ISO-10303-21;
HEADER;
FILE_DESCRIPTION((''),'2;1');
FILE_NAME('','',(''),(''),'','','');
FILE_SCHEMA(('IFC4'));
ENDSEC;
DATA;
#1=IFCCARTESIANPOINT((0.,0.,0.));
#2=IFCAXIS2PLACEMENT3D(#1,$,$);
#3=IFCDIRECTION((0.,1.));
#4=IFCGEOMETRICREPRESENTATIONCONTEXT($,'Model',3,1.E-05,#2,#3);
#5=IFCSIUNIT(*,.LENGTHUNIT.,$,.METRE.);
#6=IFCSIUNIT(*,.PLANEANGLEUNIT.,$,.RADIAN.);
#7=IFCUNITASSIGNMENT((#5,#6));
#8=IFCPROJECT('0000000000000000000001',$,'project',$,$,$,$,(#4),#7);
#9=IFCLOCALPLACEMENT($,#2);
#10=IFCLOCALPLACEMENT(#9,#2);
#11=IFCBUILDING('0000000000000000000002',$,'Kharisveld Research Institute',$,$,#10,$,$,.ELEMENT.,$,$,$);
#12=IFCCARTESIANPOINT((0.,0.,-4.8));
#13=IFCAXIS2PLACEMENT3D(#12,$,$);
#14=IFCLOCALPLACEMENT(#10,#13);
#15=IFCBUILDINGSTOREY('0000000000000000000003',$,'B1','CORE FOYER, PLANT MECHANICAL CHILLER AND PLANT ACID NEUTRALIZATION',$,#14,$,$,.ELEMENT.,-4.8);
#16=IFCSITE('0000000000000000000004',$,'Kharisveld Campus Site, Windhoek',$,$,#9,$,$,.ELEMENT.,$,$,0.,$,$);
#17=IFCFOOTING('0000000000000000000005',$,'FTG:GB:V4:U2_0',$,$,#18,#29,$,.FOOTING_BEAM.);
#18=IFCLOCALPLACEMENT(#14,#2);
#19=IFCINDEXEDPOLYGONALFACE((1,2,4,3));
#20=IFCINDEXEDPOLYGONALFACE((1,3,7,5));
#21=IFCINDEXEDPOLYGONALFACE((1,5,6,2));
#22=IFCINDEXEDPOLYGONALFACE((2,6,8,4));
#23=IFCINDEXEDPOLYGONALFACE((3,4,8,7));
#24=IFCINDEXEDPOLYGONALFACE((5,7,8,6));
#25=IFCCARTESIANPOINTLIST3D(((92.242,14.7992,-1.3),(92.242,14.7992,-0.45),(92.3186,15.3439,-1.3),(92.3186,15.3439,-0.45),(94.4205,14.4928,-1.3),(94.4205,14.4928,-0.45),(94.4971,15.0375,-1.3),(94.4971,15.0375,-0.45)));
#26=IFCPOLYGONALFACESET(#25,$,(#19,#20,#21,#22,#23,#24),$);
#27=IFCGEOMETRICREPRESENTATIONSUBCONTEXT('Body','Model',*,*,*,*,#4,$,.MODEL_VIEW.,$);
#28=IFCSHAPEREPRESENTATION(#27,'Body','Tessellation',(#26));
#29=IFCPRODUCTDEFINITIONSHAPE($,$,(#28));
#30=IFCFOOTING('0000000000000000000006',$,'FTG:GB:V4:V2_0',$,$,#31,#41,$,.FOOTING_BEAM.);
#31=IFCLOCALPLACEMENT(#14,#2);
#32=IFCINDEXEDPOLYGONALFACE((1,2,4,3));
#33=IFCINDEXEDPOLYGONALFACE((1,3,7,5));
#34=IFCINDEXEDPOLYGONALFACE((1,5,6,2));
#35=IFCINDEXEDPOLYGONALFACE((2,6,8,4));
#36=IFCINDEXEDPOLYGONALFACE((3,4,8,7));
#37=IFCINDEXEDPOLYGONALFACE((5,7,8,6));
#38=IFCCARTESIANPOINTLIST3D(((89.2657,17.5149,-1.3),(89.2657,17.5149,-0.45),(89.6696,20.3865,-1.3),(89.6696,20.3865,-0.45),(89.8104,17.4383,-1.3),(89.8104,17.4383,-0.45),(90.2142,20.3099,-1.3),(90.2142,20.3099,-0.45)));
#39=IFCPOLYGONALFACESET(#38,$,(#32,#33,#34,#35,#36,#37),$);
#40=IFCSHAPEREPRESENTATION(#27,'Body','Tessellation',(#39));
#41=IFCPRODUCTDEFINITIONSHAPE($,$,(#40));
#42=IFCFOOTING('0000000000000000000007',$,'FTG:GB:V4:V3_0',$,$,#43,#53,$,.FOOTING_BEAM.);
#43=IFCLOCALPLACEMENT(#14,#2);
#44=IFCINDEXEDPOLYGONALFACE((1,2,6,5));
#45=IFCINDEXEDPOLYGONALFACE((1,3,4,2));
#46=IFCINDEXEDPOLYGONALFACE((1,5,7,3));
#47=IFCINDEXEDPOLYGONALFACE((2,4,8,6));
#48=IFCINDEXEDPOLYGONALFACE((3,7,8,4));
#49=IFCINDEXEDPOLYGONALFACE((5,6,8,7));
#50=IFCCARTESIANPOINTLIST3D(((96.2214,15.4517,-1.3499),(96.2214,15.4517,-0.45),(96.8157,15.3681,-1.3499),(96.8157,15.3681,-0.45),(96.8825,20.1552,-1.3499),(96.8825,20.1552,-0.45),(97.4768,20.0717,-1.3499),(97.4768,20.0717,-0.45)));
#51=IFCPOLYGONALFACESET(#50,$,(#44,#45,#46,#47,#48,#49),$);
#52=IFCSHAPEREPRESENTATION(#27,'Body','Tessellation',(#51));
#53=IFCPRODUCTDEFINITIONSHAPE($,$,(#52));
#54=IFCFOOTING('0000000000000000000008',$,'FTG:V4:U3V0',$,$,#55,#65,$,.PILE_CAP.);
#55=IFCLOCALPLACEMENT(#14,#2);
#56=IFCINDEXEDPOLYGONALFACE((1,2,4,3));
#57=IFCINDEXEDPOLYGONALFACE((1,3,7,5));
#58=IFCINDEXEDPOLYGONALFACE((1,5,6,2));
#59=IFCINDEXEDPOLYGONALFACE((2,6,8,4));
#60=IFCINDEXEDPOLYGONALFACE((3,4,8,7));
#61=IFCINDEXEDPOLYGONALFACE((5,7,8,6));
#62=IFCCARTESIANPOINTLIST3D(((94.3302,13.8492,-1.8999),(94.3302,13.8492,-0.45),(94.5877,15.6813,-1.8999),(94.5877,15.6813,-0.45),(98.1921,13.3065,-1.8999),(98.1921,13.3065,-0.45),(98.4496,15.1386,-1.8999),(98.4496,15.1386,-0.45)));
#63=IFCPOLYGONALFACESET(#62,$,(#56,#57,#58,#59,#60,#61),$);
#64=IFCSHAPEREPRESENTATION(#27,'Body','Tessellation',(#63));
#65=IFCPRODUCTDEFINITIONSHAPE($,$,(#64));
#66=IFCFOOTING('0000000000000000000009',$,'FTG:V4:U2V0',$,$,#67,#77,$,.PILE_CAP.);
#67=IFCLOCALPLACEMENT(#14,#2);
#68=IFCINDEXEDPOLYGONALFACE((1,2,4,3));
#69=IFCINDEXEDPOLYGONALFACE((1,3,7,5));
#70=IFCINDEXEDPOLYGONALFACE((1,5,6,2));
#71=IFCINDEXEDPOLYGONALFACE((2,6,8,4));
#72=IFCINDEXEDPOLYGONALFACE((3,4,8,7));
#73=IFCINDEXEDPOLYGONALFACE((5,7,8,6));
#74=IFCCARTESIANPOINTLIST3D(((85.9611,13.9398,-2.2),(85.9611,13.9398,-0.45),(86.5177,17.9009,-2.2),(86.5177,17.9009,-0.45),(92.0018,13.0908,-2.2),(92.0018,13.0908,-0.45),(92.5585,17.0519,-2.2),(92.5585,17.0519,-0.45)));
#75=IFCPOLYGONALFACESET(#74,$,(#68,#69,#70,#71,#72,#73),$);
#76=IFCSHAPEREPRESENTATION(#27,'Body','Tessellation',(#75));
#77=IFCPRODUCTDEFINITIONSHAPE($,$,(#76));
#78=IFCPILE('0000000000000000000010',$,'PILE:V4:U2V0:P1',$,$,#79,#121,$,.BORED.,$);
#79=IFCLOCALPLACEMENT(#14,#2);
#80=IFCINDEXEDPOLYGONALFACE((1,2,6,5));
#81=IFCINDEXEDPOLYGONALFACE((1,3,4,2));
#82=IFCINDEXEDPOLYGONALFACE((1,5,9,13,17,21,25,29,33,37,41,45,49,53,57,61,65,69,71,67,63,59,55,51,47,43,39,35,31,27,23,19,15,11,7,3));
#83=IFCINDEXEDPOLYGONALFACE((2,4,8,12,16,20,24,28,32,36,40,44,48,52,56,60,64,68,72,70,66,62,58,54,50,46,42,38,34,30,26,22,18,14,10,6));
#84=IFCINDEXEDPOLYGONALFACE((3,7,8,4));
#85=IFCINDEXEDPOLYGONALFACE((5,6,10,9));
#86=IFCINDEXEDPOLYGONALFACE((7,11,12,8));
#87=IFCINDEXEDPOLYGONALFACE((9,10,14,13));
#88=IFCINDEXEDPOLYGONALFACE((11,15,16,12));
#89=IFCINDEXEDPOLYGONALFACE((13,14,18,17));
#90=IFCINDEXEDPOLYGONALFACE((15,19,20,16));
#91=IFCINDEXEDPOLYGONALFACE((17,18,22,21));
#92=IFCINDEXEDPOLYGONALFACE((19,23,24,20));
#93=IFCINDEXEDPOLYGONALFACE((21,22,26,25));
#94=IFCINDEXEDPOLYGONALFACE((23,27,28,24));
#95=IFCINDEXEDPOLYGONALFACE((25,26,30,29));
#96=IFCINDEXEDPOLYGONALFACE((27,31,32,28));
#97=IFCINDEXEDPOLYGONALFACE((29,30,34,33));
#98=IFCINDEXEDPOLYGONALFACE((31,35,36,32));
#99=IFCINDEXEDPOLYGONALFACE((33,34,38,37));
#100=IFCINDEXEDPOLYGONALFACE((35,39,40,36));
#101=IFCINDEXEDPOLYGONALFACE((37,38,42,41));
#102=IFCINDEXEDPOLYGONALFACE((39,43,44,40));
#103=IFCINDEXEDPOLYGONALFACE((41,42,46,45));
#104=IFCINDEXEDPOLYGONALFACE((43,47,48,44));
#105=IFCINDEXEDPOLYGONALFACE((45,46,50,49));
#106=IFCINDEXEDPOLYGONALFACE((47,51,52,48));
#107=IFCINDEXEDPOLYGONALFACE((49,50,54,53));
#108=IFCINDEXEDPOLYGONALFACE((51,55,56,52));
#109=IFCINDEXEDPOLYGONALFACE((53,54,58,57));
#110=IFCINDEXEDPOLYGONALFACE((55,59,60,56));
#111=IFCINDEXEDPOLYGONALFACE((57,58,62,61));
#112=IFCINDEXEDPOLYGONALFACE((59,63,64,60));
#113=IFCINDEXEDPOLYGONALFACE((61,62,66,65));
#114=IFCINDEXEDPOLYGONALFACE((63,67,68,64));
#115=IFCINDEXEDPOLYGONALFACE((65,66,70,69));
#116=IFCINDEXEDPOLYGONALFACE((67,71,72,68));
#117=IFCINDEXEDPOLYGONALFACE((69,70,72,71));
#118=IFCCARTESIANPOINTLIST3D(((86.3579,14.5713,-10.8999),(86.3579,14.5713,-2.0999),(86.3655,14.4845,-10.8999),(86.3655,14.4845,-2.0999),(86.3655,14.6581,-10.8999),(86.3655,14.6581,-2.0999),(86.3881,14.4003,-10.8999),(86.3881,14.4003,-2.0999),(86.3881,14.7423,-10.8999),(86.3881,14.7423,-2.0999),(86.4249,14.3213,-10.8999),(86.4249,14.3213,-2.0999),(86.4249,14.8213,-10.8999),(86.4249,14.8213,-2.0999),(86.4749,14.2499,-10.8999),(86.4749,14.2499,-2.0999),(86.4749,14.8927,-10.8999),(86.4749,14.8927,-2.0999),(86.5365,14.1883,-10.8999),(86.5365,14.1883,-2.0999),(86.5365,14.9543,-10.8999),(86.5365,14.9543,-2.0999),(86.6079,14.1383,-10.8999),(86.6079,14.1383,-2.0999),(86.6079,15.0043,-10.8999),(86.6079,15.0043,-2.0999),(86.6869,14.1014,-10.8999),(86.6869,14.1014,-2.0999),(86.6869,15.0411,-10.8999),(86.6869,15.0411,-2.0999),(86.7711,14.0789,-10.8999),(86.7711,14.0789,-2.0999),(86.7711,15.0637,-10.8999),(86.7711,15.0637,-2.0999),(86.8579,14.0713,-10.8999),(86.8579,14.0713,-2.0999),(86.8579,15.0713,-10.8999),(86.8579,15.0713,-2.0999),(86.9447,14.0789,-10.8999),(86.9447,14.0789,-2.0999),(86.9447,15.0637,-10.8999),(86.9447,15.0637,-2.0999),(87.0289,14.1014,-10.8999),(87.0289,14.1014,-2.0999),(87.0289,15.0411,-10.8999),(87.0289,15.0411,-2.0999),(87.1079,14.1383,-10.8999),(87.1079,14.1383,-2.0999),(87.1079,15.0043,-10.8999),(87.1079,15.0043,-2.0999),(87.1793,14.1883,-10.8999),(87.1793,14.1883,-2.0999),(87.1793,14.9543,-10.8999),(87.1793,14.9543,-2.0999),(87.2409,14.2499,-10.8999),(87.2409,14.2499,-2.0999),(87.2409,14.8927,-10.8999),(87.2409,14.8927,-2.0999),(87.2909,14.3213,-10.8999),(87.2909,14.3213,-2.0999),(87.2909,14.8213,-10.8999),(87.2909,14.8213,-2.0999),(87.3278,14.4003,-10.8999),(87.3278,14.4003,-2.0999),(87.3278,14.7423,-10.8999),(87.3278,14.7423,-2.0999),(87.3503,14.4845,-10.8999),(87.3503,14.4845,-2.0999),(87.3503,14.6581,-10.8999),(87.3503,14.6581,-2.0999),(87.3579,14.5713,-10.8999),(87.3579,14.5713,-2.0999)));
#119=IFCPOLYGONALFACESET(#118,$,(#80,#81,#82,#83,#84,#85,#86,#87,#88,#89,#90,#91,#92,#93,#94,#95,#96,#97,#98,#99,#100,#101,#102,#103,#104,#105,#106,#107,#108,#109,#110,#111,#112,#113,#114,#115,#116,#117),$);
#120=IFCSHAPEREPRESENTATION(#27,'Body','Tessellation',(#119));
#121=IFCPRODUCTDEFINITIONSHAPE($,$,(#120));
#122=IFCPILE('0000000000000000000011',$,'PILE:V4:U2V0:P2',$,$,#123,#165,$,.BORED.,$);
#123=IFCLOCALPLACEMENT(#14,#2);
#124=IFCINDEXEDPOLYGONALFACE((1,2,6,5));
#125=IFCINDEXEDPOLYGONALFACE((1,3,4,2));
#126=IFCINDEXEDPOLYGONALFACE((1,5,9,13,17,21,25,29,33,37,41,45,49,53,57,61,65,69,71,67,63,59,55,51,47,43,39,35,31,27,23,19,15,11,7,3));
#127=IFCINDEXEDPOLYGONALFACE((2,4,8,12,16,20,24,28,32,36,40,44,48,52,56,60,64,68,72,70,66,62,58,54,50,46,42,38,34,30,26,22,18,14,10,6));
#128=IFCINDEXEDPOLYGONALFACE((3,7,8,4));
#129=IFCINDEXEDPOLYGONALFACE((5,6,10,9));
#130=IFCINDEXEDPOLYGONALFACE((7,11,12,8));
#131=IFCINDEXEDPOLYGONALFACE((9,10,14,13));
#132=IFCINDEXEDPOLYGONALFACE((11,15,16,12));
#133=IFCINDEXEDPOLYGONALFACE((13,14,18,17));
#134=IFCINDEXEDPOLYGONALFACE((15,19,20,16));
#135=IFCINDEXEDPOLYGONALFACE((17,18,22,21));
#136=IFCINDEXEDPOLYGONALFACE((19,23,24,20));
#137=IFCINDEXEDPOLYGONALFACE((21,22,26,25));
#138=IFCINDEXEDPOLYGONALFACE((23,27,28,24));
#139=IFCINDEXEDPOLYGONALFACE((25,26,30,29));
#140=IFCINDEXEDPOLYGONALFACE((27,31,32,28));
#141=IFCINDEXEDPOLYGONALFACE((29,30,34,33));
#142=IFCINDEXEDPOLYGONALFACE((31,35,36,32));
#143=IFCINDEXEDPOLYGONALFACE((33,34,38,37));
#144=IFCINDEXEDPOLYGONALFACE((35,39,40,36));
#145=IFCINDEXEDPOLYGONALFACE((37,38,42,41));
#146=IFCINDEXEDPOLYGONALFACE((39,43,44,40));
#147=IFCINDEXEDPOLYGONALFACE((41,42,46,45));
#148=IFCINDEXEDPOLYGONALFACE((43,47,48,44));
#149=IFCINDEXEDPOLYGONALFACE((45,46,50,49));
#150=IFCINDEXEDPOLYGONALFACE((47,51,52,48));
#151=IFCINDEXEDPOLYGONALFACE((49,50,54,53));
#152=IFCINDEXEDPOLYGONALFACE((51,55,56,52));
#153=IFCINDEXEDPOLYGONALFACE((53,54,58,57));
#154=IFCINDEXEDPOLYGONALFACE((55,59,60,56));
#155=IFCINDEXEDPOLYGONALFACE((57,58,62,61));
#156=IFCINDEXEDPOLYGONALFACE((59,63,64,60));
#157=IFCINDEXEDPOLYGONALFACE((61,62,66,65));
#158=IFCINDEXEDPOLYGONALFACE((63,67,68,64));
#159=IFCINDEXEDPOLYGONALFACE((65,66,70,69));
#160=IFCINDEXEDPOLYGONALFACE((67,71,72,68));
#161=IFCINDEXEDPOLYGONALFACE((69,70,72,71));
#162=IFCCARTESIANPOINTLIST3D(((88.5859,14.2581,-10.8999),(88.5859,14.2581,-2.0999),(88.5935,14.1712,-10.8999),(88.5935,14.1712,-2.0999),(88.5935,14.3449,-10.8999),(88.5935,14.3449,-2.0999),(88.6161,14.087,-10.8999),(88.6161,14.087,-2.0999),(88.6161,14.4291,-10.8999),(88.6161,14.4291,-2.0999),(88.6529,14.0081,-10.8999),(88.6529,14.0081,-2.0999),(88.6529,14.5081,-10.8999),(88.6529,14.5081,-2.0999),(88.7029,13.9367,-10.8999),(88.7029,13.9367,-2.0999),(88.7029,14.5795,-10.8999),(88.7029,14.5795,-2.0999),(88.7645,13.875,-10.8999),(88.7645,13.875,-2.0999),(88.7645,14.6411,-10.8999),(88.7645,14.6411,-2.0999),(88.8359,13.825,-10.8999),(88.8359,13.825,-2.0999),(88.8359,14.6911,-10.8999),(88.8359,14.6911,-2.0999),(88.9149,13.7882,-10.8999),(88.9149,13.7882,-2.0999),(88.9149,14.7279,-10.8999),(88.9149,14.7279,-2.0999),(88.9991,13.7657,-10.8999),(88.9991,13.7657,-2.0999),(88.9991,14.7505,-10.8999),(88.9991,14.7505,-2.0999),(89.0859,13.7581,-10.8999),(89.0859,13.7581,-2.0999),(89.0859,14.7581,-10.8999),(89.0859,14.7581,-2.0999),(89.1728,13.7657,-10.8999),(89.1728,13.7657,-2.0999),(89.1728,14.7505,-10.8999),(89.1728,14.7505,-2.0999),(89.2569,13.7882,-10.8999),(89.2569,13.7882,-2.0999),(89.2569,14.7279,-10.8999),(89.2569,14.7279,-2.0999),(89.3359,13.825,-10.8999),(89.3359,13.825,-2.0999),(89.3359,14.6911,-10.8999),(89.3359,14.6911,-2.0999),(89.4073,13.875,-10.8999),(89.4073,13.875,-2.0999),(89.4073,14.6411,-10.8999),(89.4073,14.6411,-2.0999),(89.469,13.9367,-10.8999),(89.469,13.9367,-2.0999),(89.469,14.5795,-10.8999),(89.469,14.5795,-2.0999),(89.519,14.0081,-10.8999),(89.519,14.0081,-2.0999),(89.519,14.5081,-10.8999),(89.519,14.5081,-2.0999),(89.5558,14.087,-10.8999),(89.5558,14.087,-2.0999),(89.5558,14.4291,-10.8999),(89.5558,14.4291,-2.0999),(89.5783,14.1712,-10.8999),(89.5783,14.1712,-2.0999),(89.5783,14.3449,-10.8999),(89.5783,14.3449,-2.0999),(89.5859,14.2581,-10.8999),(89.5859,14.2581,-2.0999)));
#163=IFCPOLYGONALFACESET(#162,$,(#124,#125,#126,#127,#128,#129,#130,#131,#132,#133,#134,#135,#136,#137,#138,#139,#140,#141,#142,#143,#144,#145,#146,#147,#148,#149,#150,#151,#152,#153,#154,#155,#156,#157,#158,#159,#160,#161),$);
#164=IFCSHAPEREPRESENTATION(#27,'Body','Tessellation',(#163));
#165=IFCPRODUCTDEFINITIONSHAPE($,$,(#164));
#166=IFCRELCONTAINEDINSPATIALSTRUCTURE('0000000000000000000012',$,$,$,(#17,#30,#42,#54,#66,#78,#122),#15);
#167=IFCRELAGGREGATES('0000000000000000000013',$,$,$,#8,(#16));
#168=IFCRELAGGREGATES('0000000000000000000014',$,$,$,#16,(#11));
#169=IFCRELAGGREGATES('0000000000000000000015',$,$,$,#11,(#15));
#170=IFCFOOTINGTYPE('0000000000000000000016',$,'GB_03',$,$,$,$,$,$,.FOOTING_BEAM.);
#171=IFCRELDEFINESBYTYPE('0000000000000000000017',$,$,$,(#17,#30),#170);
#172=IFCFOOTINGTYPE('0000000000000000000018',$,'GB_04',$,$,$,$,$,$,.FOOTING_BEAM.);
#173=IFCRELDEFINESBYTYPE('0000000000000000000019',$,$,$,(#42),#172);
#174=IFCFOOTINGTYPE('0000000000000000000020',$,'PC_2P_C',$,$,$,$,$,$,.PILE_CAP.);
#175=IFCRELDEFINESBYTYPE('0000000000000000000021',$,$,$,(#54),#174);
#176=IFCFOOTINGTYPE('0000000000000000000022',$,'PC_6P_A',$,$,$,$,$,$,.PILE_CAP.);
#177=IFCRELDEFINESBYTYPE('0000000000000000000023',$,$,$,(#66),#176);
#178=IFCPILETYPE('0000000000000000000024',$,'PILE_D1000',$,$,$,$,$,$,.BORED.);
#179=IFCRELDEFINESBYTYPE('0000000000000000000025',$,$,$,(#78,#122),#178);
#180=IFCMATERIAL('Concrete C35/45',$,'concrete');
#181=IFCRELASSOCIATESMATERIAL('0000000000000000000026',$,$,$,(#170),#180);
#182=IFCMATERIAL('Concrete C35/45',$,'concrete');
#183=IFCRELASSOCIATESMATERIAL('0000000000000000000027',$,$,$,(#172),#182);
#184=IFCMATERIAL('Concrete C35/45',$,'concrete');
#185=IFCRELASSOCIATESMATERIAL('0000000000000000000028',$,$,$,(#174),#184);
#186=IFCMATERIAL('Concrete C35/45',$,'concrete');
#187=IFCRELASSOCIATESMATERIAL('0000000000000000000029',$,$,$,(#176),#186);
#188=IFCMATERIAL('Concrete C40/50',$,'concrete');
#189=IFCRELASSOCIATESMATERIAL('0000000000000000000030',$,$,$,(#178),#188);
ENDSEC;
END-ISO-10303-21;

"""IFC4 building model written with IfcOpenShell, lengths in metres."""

from ifc_helpers import new_model, si_unit, direction, frame, origin, origin_2d, place, context, subcontext, project, spatial, rectangle, circle, extrude, material, material_profile, profile_set, type_object, element, save


model = new_model("IFC4")

# Units and contexts
model_context = context("Model", 3, precision=1e-05, world=origin(), true_north=direction((0.0, 1.0)))
body_context = subcontext(model_context, "Body", "Model", "MODEL_VIEW")
ifc_project = project(units=[si_unit("LENGTHUNIT", "METRE"), si_unit("PLANEANGLEUNIT", "RADIAN")], contexts=[model_context])

# Site, building, storey
site_placement = place(None, origin())
site = spatial("IfcSite", under=ifc_project, at=site_placement, Name="Kharisveld Campus Site, Windhoek", CompositionType="ELEMENT", RefElevation=0.0)
building_placement = place(site_placement, origin())
building = spatial("IfcBuilding", under=site, at=building_placement, Name="Kharisveld Research Institute", CompositionType="ELEMENT")
storey_placement = place(building_placement, frame((0.0, 0.0, -4.8)))
storey = spatial("IfcBuildingStorey", under=building, at=storey_placement, Name="B1", Description="CORE FOYER, PLANT MECHANICAL CHILLER AND PLANT ACID NEUTRALIZATION", CompositionType="ELEMENT", Elevation=-4.8)

# Footings
ifc_material_1 = material(Name="Concrete C35/45", Category="concrete")
ifc_material_profile_1 = material_profile(ifc_material_1, rectangle(XDim=0.55, YDim=0.8501, at=origin_2d()))
ifc_profile_set_1 = profile_set([ifc_material_profile_1], Name="Concrete C35/45")
footing_type_1 = type_object("IfcFootingType", Name="GB_03", PredefinedType="FOOTING_BEAM", material=ifc_profile_set_1)
footing_1_placement = place(storey_placement, frame((92.2803, 15.0715, -0.875), z_axis=(0.990253, -0.139277, 0.0), x_axis=(0.139277, 0.990253, 0.0)))
element("IfcFooting", 1, at=footing_1_placement, inside=storey, type_object=footing_type_1, Name="FTG:GB:V4:U2_0", PredefinedType="FOOTING_BEAM", context=body_context, shape_type="SweptSolid", body=[
    extrude(rectangle(XDim=0.55, YDim=0.8501, at=origin_2d()), origin(), (0.0, 0.0, 1.0), 2.2),
])
footing_2_placement = place(storey_placement, frame((89.5381, 17.4766, -0.875), z_axis=(0.139252, 0.990257, 0.0), x_axis=(-0.990257, 0.139252, 0.0)))
element("IfcFooting", 2, at=footing_2_placement, inside=storey, type_object=footing_type_1, Name="FTG:GB:V4:V2_0", PredefinedType="FOOTING_BEAM", context=body_context, shape_type="SweptSolid", body=[
    extrude(rectangle(XDim=0.55, YDim=0.8501, at=origin_2d()), origin(), (0.0, 0.0, 1.0), 2.8999),
])
ifc_material_2 = material(Name="Concrete C35/45", Category="concrete")
ifc_material_profile_2 = material_profile(ifc_material_2, rectangle(XDim=0.6001, YDim=0.8999, at=origin_2d()))
ifc_profile_set_2 = profile_set([ifc_material_profile_2], Name="Concrete C35/45")
footing_type_2 = type_object("IfcFootingType", Name="GB_04", PredefinedType="FOOTING_BEAM", material=ifc_profile_set_2)
footing_3_placement = place(storey_placement, frame((96.5186, 15.4099, -0.8999), z_axis=(0.13919, 0.990266, 0.0), x_axis=(-0.990266, 0.13919, 0.0)))
element("IfcFooting", 3, at=footing_3_placement, inside=storey, type_object=footing_type_2, Name="FTG:GB:V4:V3_0", PredefinedType="FOOTING_BEAM", context=body_context, shape_type="SweptSolid", body=[
    extrude(rectangle(XDim=0.6001, YDim=0.8999, at=origin_2d()), origin(), (0.0, 0.0, 1.0), 4.7498),
])
ifc_material_3 = material(Name="Concrete C35/45", Category="concrete")
footing_type_3 = type_object("IfcFootingType", Name="PC_2P_C", PredefinedType="PILE_CAP", material=ifc_material_3)
footing_4_placement = place(storey_placement, frame((96.3899, 14.4939, -1.8999), z_axis=(0.0, 0.0, 1.0), x_axis=(0.990268, -0.139173, 0.0)))
element("IfcFooting", 4, at=footing_4_placement, inside=storey, type_object=footing_type_3, Name="FTG:V4:U3V0", PredefinedType="PILE_CAP", context=body_context, shape_type="SweptSolid", body=[
    extrude(rectangle(XDim=3.8999, YDim=1.8501, at=origin_2d()), origin(), (0.0, 0.0, 1.0), 1.45),
])
ifc_material_4 = material(Name="Concrete C35/45", Category="concrete")
footing_type_4 = type_object("IfcFootingType", Name="PC_6P_A", PredefinedType="PILE_CAP", material=ifc_material_4)
footing_5_placement = place(storey_placement, frame((89.2598, 15.4958, -2.2), z_axis=(0.0, 0.0, 1.0), x_axis=(0.990268, -0.139173, 0.0)))
element("IfcFooting", 5, at=footing_5_placement, inside=storey, type_object=footing_type_4, Name="FTG:V4:U2V0", PredefinedType="PILE_CAP", context=body_context, shape_type="SweptSolid", body=[
    extrude(rectangle(XDim=6.1001, YDim=4.0, at=origin_2d()), origin(), (0.0, 0.0, 1.0), 1.75),
])

# Piles
ifc_material_5 = material(Name="Concrete C40/50", Category="concrete")
ifc_material_profile_3 = material_profile(ifc_material_5, circle(Radius=0.5, at=origin_2d()))
ifc_profile_set_3 = profile_set([ifc_material_profile_3], Name="Concrete C40/50")
pile_type = type_object("IfcPileType", Name="PILE_D1000", PredefinedType="BORED", material=ifc_profile_set_3)
for number, where, z_axis, x_axis, name in (
    (6, (86.8579, 14.5713, -2.0999), (0.0, 0.0, -1.0), (1.0, 0.0, 0.0), "PILE:V4:U2V0:P1"),
    (7, (89.0859, 14.2581, -2.0999), (0.0, 0.0, -1.0), (1.0, 0.0, 0.0), "PILE:V4:U2V0:P2"),
):
    element("IfcPile", number, at=place(storey_placement, frame(where, z_axis=z_axis, x_axis=x_axis)), inside=storey, type_object=pile_type, Name=name, PredefinedType="BORED", context=body_context, shape_type="SweptSolid", body=[
        extrude(circle(Radius=0.5, at=origin_2d()), origin(), (0.0, 0.0, 1.0), 8.8),
    ])

save(model, "model.ifc")
